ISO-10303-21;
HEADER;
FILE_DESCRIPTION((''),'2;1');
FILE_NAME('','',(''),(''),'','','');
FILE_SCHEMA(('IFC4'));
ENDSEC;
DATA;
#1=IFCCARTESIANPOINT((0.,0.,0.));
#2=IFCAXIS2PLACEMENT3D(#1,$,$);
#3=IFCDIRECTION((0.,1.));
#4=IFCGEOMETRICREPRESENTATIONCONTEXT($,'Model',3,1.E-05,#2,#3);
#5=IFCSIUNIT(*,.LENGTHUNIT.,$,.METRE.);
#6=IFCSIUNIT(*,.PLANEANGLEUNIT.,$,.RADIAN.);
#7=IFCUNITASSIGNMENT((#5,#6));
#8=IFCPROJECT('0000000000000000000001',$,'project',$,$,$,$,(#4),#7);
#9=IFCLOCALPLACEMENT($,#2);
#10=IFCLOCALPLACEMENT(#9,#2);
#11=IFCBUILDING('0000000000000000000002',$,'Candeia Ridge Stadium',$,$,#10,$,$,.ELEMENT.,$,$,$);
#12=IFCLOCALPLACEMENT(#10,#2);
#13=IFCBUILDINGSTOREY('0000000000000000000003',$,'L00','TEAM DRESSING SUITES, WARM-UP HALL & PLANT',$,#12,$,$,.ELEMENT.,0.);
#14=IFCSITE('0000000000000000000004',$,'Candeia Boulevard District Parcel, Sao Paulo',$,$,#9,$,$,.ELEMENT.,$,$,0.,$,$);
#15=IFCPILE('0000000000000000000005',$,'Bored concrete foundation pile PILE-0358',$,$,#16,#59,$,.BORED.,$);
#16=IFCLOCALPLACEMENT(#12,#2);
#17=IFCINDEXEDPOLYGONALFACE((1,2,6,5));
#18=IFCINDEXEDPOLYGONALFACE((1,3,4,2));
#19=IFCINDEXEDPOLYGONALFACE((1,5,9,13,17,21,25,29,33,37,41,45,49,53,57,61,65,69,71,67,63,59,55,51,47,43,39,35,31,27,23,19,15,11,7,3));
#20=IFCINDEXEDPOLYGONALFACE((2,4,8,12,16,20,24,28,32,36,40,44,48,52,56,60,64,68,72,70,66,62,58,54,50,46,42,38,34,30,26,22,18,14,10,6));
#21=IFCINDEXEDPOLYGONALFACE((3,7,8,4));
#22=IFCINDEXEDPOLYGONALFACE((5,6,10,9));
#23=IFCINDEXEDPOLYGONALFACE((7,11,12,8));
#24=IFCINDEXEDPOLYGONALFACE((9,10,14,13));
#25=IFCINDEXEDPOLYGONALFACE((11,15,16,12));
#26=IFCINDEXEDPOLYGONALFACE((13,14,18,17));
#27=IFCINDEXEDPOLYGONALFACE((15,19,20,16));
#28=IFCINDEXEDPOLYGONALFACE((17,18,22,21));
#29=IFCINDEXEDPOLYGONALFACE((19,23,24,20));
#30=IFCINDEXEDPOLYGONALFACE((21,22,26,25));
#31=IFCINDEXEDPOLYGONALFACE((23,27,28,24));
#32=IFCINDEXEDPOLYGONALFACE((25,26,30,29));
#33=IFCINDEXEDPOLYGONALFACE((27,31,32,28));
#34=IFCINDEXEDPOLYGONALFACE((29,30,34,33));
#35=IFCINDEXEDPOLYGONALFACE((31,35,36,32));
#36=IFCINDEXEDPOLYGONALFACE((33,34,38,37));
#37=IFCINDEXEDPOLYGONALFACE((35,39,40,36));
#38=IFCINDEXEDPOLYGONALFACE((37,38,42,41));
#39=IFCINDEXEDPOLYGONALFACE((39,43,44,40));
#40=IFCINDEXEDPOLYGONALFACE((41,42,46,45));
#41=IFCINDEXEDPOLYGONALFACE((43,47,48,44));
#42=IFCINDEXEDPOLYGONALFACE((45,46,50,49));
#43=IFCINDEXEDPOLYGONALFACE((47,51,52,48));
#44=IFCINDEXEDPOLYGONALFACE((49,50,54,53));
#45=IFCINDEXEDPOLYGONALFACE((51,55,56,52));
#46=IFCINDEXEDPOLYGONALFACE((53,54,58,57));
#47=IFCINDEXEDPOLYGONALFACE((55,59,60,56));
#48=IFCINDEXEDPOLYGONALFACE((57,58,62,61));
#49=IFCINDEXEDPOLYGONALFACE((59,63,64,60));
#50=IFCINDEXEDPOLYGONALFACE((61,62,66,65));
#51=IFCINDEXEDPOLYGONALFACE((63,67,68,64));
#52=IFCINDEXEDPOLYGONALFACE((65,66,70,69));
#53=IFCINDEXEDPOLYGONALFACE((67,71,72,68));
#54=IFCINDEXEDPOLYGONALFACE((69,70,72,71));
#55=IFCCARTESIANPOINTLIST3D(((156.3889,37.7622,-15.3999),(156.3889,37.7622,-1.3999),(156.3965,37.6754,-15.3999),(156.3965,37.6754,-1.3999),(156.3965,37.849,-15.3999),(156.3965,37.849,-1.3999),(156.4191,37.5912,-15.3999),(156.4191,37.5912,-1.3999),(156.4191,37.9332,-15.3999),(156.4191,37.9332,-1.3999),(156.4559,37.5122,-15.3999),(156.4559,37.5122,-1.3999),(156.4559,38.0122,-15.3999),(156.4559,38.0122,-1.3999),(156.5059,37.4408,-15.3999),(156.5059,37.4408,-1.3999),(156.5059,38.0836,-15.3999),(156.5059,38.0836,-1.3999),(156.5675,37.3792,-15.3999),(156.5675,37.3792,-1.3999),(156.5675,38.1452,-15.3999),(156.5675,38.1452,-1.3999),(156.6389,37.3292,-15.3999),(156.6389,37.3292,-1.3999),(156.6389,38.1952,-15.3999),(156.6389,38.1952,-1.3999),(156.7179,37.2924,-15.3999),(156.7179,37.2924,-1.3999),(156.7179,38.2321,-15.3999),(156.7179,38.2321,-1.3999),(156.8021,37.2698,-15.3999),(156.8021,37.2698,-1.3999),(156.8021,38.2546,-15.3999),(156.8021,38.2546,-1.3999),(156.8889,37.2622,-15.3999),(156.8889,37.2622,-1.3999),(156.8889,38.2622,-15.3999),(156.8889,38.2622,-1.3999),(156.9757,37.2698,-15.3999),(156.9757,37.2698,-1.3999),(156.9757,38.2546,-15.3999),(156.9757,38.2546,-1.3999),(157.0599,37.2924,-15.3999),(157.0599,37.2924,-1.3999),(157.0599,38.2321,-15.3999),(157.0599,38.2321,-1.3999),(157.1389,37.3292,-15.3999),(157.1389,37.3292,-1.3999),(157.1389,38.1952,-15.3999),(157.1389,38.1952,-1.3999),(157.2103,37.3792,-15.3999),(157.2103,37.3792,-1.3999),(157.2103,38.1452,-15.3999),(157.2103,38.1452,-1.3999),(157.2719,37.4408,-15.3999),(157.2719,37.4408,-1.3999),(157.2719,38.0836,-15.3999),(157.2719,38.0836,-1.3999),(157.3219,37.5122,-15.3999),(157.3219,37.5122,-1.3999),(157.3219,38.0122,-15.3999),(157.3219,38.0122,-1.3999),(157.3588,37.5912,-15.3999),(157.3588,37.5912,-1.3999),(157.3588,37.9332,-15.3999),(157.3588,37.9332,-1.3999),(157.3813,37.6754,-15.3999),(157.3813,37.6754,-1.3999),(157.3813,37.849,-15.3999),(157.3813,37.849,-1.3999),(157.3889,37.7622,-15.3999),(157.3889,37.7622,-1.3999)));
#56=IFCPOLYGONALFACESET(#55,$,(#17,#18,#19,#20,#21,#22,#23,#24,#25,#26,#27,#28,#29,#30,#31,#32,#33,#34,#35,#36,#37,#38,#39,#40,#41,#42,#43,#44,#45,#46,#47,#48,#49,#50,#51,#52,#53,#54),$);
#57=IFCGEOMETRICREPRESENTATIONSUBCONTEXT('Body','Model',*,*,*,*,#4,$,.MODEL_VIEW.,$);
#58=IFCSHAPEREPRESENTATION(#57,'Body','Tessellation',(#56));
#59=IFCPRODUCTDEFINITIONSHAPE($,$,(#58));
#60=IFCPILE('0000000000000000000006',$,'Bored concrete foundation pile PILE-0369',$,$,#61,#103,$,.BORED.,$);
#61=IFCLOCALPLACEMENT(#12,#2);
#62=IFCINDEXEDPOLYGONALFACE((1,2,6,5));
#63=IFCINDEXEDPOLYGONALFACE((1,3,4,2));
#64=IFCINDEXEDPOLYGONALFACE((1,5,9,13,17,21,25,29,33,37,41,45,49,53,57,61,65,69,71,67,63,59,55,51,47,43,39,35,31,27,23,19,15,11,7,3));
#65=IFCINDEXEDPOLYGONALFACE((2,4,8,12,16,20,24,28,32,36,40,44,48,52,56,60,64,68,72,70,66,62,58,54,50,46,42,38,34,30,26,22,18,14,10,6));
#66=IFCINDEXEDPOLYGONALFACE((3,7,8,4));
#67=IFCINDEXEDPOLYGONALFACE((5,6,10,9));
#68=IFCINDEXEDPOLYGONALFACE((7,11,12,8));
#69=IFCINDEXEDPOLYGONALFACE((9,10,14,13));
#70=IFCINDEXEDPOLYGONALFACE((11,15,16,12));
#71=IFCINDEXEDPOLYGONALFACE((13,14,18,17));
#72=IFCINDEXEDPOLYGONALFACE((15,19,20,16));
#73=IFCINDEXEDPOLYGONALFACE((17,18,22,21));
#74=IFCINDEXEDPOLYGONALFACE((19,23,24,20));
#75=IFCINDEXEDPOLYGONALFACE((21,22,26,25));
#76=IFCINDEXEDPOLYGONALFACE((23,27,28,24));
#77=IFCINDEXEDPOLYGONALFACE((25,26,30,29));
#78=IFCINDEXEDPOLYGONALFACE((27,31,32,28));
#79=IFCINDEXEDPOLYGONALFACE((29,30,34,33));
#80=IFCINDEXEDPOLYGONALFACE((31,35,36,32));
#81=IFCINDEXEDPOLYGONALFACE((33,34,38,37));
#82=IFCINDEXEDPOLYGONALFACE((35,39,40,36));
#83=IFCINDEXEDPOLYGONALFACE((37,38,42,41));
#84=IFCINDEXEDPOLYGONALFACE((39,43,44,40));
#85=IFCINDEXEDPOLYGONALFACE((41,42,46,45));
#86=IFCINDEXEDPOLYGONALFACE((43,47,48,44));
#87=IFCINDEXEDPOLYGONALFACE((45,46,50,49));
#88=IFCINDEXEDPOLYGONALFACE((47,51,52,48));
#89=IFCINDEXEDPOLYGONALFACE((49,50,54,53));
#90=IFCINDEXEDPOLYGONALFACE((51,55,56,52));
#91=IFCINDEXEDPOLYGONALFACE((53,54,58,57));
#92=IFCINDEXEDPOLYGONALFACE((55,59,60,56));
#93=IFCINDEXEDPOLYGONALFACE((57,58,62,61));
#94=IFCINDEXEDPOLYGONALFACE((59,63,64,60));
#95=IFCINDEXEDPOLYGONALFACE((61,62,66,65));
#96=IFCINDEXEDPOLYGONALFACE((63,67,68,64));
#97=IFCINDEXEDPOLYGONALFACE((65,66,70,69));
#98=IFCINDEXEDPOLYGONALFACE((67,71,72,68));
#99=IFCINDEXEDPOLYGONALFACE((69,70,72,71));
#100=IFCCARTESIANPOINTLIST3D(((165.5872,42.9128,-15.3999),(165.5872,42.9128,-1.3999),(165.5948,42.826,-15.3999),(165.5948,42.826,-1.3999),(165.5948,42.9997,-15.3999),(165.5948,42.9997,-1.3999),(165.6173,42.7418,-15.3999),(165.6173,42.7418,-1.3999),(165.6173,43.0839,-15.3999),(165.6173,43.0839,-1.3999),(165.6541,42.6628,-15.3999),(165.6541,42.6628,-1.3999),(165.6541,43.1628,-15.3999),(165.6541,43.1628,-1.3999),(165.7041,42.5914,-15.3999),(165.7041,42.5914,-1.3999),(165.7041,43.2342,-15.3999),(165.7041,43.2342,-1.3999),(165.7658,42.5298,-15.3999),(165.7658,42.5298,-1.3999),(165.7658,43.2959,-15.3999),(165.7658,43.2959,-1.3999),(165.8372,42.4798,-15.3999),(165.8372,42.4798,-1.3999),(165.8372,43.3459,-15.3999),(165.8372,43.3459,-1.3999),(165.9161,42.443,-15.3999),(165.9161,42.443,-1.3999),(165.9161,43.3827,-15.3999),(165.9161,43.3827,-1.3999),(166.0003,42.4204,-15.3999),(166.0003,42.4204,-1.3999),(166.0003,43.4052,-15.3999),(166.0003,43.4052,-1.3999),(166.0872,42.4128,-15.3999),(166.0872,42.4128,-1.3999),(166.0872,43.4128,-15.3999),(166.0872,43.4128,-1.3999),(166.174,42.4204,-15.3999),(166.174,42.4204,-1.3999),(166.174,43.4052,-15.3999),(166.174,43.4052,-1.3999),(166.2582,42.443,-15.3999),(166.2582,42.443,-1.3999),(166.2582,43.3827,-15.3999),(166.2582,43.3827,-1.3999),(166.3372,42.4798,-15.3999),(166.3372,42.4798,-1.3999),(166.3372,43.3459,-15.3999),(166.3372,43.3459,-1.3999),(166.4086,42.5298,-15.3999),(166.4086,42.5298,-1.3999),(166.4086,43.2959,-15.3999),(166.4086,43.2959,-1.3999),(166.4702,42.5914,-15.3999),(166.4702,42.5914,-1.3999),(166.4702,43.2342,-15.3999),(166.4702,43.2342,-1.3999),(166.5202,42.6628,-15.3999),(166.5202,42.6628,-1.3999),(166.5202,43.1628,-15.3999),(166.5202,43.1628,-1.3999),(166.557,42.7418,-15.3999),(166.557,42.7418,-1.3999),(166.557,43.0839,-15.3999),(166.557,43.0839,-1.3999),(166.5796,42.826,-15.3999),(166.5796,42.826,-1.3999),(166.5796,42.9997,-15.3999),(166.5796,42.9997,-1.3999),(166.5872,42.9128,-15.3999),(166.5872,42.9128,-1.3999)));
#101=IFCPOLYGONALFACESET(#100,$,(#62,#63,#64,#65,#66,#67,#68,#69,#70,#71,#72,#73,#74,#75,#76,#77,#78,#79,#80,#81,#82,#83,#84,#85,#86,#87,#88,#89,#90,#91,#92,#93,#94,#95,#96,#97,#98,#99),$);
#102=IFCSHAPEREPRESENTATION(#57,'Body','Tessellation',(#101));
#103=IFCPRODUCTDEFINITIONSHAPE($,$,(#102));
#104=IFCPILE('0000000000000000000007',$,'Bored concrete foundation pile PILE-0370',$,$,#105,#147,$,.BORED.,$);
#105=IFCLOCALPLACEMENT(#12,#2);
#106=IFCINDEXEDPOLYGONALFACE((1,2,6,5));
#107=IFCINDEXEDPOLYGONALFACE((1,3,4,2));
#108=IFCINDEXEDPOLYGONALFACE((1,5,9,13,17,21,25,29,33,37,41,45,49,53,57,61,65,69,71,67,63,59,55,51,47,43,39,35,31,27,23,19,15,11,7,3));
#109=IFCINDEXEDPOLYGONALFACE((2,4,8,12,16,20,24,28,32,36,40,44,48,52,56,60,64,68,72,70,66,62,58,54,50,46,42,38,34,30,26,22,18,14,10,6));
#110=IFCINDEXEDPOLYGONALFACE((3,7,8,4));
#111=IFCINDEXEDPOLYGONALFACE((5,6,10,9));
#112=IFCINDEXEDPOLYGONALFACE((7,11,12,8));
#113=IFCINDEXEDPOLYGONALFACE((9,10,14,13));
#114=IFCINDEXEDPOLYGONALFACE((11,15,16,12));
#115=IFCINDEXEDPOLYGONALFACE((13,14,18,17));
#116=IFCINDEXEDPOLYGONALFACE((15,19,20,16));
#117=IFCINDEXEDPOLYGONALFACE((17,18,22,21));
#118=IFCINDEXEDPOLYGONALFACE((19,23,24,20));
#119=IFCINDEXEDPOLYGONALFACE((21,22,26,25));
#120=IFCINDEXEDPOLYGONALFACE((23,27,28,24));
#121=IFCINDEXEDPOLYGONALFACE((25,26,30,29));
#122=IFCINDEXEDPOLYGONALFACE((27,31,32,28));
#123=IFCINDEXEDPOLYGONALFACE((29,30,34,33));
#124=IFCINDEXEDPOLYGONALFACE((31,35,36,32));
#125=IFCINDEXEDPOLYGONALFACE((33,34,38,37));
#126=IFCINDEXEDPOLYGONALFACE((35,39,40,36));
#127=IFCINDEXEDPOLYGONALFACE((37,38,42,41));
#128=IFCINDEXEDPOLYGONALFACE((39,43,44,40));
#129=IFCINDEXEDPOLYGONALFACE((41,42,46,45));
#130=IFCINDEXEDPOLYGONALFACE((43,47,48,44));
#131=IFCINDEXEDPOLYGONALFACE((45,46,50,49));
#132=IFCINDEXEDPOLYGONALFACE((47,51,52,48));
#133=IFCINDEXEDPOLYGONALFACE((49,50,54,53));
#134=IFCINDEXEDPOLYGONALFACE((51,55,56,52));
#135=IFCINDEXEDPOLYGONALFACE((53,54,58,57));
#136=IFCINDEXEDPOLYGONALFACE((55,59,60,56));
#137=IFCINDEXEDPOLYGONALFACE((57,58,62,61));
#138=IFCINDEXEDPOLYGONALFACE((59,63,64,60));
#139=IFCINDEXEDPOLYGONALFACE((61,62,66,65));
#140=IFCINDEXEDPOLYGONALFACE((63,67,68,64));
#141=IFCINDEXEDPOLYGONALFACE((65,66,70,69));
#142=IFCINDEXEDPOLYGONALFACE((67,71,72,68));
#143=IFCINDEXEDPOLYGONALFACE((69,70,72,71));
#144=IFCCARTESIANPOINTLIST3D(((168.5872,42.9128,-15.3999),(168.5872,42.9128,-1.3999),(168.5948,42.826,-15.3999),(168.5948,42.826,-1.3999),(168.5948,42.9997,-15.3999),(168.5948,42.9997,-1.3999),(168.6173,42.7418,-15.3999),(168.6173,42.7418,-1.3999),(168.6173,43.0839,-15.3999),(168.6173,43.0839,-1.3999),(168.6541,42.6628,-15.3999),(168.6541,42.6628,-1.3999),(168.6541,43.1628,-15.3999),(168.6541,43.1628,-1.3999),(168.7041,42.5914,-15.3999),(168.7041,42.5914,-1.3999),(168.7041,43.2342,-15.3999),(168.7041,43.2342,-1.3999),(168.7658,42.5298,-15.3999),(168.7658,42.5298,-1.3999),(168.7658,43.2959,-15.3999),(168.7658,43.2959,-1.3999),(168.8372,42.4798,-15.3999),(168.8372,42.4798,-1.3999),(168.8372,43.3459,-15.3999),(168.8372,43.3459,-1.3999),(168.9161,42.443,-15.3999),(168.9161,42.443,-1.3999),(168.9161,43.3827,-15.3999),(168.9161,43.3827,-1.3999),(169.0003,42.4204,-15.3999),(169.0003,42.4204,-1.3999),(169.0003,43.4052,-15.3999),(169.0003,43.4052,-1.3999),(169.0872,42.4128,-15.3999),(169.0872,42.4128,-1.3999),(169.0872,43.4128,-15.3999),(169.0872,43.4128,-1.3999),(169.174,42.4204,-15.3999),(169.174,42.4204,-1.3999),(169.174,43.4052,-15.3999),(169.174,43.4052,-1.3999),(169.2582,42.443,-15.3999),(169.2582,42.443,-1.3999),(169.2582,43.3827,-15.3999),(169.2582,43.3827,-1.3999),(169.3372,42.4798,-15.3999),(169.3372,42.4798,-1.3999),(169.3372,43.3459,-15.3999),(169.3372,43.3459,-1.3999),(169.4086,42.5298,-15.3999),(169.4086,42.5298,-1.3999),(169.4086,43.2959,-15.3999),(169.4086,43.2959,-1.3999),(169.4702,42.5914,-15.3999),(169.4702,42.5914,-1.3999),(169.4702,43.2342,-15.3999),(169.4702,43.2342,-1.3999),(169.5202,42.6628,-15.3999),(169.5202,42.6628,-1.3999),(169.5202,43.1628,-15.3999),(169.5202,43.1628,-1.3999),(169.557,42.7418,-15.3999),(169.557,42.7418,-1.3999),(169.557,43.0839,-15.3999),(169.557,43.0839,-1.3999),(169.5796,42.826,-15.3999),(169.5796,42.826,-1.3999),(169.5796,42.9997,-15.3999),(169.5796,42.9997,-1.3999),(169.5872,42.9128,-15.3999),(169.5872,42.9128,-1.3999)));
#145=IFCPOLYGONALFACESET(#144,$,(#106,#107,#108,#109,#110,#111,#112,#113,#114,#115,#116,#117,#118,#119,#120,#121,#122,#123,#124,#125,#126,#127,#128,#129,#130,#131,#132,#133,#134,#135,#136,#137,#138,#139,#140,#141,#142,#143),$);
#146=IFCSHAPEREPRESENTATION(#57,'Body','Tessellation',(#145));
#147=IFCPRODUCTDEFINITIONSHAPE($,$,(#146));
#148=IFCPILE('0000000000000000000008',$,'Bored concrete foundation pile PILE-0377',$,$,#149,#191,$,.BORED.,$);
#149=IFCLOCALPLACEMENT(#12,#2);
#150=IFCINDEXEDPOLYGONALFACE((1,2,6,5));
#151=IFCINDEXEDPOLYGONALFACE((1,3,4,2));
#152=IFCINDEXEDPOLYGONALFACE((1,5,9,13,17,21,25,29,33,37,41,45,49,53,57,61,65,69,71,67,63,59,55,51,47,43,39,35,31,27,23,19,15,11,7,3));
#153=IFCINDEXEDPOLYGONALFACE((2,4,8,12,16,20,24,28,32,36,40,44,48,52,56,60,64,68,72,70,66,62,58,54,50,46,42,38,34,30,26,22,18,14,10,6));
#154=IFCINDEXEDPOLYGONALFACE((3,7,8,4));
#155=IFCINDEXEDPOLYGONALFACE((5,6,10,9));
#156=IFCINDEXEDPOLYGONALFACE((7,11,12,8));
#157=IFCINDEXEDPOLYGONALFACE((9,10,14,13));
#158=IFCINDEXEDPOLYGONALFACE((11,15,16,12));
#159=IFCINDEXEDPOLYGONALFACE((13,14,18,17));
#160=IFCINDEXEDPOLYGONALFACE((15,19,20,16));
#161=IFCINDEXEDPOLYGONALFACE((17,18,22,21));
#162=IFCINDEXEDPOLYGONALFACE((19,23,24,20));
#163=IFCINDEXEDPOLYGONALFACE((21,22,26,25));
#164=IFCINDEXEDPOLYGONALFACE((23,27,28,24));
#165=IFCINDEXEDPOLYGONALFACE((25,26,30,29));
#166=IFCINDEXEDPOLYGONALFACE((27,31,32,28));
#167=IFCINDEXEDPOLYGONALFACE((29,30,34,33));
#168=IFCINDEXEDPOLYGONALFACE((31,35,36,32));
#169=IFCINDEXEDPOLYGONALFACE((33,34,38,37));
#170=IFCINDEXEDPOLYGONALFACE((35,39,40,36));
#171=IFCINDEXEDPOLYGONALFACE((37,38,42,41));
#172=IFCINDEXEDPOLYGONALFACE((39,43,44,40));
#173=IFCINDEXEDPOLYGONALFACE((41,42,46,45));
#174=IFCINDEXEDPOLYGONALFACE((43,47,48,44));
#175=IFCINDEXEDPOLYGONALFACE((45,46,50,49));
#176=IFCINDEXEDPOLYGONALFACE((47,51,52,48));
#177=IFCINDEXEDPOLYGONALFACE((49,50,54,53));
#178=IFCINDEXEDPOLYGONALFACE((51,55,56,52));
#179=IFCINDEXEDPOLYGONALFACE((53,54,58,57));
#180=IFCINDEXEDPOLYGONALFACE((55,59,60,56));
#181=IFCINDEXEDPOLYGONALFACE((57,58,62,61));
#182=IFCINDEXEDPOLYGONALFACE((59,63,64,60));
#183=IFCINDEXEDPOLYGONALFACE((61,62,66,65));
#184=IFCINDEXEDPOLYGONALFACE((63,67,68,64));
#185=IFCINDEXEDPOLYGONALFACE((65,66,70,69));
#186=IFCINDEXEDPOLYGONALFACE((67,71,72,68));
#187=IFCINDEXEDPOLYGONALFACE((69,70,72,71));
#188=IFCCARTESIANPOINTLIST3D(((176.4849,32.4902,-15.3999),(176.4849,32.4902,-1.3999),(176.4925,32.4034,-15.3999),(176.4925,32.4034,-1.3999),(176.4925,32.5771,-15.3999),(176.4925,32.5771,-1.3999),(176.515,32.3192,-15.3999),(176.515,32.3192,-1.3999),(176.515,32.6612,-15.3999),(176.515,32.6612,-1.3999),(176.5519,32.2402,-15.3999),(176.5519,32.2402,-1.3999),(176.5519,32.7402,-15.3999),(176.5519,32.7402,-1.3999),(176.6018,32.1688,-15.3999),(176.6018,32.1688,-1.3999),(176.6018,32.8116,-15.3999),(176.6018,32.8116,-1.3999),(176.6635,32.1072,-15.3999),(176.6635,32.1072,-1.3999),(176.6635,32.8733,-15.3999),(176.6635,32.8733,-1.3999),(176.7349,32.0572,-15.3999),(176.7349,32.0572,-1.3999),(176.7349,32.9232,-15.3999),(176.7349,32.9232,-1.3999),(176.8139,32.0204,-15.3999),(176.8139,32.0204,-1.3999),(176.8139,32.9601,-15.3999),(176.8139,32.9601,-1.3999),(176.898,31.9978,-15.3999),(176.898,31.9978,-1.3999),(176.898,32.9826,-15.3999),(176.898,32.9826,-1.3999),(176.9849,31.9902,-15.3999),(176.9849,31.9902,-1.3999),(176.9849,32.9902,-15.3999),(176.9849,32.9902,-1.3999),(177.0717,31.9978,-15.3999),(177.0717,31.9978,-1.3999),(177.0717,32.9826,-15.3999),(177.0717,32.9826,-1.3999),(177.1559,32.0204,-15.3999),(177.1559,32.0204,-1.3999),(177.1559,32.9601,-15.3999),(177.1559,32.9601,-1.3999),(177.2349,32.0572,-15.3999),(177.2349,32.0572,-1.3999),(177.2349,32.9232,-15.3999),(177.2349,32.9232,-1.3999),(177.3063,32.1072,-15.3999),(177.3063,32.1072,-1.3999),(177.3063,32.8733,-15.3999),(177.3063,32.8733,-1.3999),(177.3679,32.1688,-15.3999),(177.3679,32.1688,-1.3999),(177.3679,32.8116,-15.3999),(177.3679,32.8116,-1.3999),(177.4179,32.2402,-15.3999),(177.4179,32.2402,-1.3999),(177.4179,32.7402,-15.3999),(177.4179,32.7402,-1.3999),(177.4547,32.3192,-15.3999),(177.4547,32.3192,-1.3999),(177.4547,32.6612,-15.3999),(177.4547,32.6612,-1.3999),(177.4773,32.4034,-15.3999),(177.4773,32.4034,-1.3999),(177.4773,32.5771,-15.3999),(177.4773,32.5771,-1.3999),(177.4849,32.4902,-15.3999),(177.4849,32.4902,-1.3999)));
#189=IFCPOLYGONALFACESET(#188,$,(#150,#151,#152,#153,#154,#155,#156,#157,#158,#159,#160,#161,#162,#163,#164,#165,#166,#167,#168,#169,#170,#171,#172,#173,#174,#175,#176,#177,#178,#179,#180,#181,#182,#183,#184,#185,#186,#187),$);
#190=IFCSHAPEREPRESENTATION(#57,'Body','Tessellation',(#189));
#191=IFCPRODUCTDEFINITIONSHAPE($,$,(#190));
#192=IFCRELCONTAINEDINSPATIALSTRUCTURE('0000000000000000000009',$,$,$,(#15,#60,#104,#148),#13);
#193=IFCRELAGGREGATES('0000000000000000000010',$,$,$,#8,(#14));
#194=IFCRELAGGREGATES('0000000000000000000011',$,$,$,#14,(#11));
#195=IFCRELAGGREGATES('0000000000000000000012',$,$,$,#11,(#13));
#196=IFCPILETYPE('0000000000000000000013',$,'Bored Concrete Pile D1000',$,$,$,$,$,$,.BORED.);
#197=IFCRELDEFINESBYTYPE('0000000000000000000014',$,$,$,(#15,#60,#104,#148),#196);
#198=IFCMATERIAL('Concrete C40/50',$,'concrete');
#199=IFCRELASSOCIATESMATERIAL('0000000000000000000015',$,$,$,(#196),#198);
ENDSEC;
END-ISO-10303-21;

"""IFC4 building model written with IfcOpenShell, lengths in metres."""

from ifc_helpers import new_model, si_unit, direction, frame, origin, origin_2d, place, context, subcontext, project, spatial, circle, extrude, material, material_profile, profile_set, type_object, element, save


model = new_model("IFC4")

# Units and contexts
model_context = context("Model", 3, precision=1e-05, world=origin(), true_north=direction((0.0, 1.0)))
body_context = subcontext(model_context, "Body", "Model", "MODEL_VIEW")
ifc_project = project(units=[si_unit("LENGTHUNIT", "METRE"), si_unit("PLANEANGLEUNIT", "RADIAN")], contexts=[model_context])

# Site, building, storey
site_placement = place(None, origin())
site = spatial("IfcSite", under=ifc_project, at=site_placement, Name="Candeia Boulevard District Parcel, Sao Paulo", CompositionType="ELEMENT", RefElevation=0.0)
building_placement = place(site_placement, origin())
building = spatial("IfcBuilding", under=site, at=building_placement, Name="Candeia Ridge Stadium", CompositionType="ELEMENT")
storey_placement = place(building_placement, origin())
storey = spatial("IfcBuildingStorey", under=building, at=storey_placement, Name="L00", Description="TEAM DRESSING SUITES, WARM-UP HALL & PLANT", CompositionType="ELEMENT", Elevation=0.0)

# Piles
ifc_material_1 = material(Name="Concrete C40/50", Category="concrete")
ifc_material_profile_1 = material_profile(ifc_material_1, circle(Radius=0.5, at=origin_2d()), Name="PILE-D1000", Category="concrete")
ifc_profile_set_1 = profile_set([ifc_material_profile_1], Name="Concrete C40/50")
pile_type_1 = type_object("IfcPileType", Name="Bored Concrete Pile D1000", PredefinedType="BORED", material=ifc_profile_set_1)
for number, where, z_axis, x_axis, name in (
    (1, (156.8889, 37.7622, -1.3999), (0.0, 0.0, -1.0), (1.0, 0.0, 0.0), "Bored concrete foundation pile PILE-0358"),
    (2, (166.0872, 42.9128, -1.3999), (0.0, 0.0, -1.0), (1.0, 0.0, 0.0), "Bored concrete foundation pile PILE-0369"),
    (3, (169.0872, 42.9128, -1.3999), (0.0, 0.0, -1.0), (1.0, 0.0, 0.0), "Bored concrete foundation pile PILE-0370"),
    (4, (176.9849, 32.4902, -1.3999), (0.0, 0.0, -1.0), (1.0, 0.0, 0.0), "Bored concrete foundation pile PILE-0377"),
):
    element("IfcPile", number, at=place(storey_placement, frame(where, z_axis=z_axis, x_axis=x_axis)), inside=storey, type_object=pile_type_1, Name=name, PredefinedType="BORED", context=body_context, shape_type="SweptSolid", body=[
        extrude(circle(Radius=0.5, at=origin_2d()), origin(), (0.0, 0.0, 1.0), 14.0),
    ])

save(model, "model.ifc")
